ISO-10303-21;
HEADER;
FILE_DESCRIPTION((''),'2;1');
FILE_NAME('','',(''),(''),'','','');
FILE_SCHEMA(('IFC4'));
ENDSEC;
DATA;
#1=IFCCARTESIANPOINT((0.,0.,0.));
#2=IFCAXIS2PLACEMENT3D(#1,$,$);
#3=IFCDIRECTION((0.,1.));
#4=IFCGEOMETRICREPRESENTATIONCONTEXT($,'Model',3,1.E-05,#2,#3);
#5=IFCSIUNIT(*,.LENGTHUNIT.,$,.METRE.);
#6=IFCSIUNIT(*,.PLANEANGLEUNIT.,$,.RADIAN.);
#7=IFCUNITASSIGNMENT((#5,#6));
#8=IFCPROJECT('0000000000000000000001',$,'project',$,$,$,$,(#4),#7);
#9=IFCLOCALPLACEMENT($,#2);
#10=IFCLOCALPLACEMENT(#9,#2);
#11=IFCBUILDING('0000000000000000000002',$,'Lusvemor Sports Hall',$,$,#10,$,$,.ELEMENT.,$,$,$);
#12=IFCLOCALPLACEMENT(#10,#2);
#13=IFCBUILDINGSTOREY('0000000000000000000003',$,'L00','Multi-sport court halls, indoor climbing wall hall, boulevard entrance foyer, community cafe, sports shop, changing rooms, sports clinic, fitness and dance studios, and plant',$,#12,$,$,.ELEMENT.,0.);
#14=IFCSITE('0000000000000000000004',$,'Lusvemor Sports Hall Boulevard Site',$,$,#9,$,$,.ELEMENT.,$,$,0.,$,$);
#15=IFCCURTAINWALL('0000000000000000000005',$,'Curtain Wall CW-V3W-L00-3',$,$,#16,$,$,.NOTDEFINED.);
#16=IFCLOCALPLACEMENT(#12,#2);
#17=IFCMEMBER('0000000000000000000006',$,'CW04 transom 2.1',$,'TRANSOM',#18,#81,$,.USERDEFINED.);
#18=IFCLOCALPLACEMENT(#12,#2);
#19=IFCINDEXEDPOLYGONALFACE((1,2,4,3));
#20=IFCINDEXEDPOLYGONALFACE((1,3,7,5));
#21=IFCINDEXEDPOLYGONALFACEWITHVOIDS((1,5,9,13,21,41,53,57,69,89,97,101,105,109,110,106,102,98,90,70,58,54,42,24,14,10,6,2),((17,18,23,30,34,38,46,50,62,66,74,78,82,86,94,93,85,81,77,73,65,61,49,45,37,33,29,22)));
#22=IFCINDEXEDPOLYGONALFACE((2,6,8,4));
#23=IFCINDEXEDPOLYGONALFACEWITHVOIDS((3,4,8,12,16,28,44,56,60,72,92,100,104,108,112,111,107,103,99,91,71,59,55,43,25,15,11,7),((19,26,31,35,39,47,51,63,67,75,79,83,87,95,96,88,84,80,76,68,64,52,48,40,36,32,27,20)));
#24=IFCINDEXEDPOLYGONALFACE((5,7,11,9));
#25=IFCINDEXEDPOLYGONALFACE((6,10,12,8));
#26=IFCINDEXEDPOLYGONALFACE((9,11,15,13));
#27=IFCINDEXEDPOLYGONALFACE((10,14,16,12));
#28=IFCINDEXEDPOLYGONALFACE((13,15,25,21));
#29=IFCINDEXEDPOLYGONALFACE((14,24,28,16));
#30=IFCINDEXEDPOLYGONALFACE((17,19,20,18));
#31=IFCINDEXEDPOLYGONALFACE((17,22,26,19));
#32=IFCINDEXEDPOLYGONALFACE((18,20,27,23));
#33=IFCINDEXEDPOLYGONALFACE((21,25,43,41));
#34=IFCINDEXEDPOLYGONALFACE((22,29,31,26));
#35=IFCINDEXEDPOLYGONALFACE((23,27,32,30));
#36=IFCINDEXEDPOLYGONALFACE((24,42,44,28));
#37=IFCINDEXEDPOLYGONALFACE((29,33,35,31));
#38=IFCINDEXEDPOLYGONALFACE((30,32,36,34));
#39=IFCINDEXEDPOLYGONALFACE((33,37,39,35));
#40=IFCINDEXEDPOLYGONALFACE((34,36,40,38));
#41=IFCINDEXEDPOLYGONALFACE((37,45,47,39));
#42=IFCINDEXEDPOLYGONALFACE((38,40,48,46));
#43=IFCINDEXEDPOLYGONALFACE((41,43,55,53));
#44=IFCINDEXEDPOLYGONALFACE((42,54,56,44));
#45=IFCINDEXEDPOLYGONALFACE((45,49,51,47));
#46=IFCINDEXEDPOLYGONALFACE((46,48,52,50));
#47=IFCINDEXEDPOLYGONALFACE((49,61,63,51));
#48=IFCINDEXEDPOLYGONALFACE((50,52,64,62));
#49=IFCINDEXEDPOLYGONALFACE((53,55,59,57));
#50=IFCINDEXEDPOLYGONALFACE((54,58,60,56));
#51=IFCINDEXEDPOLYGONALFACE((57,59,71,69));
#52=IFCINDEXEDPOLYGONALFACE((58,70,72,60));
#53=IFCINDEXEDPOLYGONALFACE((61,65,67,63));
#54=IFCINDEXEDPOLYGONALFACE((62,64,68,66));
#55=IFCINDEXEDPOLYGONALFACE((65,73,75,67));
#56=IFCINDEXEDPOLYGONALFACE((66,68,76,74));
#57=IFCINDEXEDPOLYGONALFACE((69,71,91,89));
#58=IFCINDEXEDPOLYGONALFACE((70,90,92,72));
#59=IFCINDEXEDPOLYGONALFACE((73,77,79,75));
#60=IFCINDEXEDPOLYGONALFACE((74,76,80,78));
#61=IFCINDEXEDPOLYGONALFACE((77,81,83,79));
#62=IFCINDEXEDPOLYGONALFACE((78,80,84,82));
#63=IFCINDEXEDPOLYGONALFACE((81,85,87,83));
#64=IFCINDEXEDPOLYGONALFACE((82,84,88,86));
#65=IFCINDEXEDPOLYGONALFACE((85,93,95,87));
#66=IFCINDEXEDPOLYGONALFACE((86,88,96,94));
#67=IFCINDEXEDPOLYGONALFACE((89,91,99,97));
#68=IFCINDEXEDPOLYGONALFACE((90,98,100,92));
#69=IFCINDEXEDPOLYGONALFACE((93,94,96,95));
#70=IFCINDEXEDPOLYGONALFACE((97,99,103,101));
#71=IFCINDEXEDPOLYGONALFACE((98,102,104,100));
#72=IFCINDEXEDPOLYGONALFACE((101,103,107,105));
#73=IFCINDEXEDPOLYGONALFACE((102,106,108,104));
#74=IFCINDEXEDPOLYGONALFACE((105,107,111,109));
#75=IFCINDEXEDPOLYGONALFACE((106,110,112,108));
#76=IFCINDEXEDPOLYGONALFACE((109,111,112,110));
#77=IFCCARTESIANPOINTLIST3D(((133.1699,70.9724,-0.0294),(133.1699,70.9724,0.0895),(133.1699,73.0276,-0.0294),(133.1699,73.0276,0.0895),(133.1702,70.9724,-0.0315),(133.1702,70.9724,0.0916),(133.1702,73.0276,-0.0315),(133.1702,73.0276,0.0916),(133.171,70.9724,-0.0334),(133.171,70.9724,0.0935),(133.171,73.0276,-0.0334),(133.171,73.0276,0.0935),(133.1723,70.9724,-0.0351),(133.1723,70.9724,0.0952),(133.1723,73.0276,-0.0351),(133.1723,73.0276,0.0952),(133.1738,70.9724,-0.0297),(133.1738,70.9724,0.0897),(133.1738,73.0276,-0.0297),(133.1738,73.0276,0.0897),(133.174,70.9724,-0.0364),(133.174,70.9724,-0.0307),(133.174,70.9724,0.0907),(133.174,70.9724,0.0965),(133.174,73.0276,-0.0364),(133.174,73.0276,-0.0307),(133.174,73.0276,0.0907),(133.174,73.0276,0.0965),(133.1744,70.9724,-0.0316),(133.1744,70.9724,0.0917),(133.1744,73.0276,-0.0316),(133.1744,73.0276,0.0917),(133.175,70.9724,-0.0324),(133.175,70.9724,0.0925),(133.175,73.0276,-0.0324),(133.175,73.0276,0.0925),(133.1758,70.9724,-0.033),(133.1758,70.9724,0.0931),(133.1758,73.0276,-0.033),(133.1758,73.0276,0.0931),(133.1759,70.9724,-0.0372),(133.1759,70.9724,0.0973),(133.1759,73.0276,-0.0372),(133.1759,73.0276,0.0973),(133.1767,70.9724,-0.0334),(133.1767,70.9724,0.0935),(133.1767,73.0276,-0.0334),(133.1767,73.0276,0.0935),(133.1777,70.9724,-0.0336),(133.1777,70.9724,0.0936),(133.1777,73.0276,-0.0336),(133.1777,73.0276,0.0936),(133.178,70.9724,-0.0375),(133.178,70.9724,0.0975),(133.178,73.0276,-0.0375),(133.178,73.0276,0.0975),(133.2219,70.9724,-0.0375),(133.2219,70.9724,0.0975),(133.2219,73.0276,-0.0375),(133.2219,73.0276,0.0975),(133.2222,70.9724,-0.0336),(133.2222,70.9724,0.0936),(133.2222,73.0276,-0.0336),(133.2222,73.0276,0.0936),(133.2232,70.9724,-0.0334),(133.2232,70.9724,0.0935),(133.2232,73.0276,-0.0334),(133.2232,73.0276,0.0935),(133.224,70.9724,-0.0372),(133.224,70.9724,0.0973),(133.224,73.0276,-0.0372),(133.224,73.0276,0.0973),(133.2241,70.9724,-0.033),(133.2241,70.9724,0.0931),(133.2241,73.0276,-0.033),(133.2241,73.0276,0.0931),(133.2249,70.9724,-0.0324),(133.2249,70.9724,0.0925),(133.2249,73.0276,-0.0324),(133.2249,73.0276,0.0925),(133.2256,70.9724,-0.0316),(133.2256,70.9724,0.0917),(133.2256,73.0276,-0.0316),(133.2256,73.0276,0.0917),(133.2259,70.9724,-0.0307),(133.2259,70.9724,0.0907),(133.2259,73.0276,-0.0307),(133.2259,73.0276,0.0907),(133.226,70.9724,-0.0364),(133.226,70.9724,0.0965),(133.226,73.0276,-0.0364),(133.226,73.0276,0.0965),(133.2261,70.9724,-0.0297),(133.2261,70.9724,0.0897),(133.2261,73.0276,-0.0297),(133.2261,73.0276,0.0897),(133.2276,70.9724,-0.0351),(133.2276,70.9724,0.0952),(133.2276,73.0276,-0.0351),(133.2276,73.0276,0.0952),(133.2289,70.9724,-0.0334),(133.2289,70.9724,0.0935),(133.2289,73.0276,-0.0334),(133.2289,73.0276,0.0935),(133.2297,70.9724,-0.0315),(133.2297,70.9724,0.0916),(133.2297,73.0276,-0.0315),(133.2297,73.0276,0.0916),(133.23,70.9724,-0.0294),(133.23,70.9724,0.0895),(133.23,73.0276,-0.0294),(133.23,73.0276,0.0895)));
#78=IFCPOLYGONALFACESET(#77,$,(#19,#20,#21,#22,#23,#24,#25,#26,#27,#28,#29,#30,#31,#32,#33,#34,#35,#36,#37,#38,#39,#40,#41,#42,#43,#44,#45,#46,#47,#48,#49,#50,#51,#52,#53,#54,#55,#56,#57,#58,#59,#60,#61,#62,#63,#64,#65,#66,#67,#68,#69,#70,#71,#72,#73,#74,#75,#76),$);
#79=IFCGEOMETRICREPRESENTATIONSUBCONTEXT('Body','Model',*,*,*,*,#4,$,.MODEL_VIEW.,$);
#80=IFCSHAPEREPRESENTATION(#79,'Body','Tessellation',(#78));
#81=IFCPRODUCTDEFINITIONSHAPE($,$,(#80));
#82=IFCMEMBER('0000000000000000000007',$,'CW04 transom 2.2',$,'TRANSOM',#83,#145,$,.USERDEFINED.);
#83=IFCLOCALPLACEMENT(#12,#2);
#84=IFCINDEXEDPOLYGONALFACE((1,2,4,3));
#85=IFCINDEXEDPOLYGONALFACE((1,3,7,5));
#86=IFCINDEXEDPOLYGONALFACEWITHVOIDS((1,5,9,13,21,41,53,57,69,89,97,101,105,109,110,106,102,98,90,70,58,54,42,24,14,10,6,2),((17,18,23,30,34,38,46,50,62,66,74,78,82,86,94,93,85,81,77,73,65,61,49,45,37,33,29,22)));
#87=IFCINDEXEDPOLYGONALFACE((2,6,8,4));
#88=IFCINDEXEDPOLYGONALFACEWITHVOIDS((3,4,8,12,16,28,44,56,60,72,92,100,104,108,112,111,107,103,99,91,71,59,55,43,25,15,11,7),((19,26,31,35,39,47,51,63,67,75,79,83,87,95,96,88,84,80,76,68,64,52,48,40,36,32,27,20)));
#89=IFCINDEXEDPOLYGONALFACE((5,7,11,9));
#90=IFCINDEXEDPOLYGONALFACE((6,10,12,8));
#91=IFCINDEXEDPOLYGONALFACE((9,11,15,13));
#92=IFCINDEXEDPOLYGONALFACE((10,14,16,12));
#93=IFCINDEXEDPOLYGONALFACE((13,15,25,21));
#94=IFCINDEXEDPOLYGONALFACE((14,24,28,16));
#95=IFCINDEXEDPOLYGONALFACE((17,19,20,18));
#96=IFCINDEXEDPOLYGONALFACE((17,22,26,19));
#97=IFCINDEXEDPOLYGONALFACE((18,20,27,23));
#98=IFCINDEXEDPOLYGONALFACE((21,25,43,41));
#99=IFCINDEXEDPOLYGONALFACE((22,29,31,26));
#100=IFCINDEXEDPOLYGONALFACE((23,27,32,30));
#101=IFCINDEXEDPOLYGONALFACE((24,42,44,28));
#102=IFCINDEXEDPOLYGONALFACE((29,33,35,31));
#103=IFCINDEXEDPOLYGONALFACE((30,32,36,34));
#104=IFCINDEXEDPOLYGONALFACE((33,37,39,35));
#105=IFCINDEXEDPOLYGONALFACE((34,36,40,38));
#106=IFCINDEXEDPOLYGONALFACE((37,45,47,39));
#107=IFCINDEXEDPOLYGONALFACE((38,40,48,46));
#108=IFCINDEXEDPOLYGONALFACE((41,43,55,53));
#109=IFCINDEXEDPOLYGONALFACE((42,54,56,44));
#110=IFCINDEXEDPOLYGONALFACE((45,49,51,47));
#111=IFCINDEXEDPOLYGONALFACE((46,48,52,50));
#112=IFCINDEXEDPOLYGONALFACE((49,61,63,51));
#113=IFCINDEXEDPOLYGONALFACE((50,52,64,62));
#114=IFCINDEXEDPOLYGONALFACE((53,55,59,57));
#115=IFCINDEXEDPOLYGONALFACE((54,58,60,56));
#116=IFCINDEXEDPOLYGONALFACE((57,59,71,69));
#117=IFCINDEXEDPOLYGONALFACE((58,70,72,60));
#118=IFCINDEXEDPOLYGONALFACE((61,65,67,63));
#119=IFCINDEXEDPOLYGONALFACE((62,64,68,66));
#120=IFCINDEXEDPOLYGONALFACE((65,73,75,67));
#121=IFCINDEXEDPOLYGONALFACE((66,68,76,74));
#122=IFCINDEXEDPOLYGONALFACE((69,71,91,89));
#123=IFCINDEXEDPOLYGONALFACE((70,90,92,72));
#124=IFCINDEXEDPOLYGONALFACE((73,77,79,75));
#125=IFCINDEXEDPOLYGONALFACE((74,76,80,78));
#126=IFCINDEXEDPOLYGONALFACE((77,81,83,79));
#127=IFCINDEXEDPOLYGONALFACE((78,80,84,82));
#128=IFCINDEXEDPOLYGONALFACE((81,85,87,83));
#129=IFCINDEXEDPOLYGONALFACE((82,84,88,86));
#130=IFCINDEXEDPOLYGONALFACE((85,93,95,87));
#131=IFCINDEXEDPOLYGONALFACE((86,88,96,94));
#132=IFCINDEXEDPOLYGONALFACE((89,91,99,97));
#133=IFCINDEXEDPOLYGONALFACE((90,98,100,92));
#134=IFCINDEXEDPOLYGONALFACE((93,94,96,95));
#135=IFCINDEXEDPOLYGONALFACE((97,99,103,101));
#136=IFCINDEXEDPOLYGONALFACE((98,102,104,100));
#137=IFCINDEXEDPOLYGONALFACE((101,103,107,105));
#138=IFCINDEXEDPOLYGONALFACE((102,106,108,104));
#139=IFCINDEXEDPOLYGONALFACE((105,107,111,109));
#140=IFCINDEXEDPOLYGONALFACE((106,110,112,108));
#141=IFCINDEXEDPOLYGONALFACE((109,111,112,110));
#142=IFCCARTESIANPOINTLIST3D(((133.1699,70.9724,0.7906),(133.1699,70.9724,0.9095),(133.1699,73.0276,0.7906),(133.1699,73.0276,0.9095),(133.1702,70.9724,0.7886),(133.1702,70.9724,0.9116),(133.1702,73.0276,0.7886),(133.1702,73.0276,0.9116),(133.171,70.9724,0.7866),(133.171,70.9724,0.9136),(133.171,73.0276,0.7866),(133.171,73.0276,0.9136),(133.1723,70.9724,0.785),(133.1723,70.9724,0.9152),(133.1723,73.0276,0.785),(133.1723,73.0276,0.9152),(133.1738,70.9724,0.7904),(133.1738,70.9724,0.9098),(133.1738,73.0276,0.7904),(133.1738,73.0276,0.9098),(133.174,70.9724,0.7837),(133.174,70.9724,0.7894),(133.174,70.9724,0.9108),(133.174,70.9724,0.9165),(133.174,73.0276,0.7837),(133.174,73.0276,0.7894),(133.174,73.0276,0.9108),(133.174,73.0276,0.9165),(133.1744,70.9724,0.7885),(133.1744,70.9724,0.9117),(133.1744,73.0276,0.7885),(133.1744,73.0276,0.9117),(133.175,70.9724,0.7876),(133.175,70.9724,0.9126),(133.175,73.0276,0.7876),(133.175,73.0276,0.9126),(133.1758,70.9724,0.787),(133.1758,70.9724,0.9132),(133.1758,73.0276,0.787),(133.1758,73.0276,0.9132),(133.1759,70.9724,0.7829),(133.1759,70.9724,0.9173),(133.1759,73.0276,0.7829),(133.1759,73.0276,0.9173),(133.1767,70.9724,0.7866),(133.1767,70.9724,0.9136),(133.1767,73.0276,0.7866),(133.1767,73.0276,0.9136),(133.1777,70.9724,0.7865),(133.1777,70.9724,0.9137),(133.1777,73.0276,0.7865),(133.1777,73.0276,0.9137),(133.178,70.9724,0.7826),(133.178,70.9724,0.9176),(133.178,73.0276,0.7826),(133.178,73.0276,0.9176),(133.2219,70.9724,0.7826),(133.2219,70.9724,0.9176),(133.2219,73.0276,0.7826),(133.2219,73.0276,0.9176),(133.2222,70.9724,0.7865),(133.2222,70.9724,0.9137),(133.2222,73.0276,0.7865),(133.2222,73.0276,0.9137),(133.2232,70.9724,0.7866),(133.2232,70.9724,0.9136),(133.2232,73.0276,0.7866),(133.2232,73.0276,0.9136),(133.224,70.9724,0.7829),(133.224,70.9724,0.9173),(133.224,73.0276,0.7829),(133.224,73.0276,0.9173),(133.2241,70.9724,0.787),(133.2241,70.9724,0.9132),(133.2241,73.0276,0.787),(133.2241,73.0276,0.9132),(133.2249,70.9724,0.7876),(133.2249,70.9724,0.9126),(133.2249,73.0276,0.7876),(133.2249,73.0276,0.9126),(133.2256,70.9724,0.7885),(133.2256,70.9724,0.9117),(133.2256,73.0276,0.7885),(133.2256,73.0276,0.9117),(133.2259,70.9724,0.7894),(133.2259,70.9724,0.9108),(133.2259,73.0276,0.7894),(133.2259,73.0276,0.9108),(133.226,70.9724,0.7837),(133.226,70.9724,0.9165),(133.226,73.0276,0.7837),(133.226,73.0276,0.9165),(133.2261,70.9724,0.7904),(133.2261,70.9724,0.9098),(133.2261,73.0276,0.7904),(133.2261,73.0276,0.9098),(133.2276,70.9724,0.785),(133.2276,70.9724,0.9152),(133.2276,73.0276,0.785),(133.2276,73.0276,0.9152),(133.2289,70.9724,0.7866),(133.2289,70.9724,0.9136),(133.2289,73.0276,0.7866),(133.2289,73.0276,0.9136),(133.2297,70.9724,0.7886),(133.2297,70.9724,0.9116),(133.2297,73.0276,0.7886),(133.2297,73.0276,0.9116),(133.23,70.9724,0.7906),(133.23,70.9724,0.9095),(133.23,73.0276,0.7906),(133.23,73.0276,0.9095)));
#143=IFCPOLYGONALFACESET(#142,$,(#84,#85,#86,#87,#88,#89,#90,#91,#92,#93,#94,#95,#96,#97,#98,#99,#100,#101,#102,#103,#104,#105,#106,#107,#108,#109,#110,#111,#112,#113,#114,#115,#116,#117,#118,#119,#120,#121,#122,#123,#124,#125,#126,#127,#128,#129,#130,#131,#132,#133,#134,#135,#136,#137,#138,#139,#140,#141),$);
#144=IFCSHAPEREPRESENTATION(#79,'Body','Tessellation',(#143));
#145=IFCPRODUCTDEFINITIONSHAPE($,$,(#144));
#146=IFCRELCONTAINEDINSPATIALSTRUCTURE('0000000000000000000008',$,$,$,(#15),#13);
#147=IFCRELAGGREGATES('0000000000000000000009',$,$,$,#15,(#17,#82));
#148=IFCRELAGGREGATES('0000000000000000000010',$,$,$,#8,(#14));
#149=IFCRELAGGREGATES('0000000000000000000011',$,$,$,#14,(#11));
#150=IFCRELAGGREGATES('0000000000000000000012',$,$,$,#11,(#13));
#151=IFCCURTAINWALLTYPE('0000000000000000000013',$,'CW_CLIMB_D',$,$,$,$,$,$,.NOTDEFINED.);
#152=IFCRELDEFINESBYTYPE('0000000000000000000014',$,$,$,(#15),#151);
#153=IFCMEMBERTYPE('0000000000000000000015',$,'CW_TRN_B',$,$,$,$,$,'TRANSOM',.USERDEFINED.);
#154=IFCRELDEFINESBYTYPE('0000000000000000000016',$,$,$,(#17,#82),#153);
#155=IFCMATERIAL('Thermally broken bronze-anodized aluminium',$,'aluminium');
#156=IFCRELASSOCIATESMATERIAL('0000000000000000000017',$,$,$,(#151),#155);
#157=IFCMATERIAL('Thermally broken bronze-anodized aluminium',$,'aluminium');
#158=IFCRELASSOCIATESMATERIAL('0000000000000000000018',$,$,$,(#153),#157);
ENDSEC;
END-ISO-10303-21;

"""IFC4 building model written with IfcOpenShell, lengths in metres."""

from ifc_helpers import new_model, si_unit, direction, frame, origin, origin_2d, place, context, subcontext, project, spatial, hollow_rectangle, extrude, material, material_profile, profile_set, type_object, element, aggregate, save


model = new_model("IFC4")

# Units and contexts
model_context = context("Model", 3, precision=1e-05, world=origin(), true_north=direction((0.0, 1.0)))
body_context = subcontext(model_context, "Body", "Model", "MODEL_VIEW")
ifc_project = project(units=[si_unit("LENGTHUNIT", "METRE"), si_unit("PLANEANGLEUNIT", "RADIAN")], contexts=[model_context])

# Site, building, storey
site_placement = place(None, origin())
site = spatial("IfcSite", under=ifc_project, at=site_placement, Name="Lusvemor Sports Hall Boulevard Site", CompositionType="ELEMENT", RefElevation=0.0)
building_placement = place(site_placement, origin())
building = spatial("IfcBuilding", under=site, at=building_placement, Name="Lusvemor Sports Hall", CompositionType="ELEMENT")
storey_placement = place(building_placement, origin())
storey = spatial("IfcBuildingStorey", under=building, at=storey_placement, Name="L00", Description="Multi-sport court halls, indoor climbing wall hall, boulevard entrance foyer, community cafe, sports shop, changing rooms, sports clinic, fitness and dance studios, and plant", CompositionType="ELEMENT", Elevation=0.0)

# Shared definitions
ifc_material_1 = material(Name="Thermally broken bronze-anodized aluminium", Category="aluminium")
curtain_wall_type = type_object("IfcCurtainWallType", Name="CW_CLIMB_D", PredefinedType="NOTDEFINED", material=ifc_material_1)

# Curtain wall, members
curtain_wall_1_placement = place(storey_placement, origin())
curtain_wall_1 = element("IfcCurtainWall", 1, at=curtain_wall_1_placement, inside=storey, type_object=curtain_wall_type, Name="Curtain Wall CW-V3W-L00-3", PredefinedType="NOTDEFINED")
ifc_material_2 = material(Name="Thermally broken bronze-anodized aluminium", Category="aluminium")
ifc_material_profile_1 = material_profile(ifc_material_2, hollow_rectangle(XDim=0.0601, YDim=0.135, WallThickness=0.0039, InnerFilletRadius=0.0039, OuterFilletRadius=0.0081, at=origin_2d()), Name="CWTRN135x60x4")
ifc_profile_set_1 = profile_set([ifc_material_profile_1], Name="Thermally broken bronze-anodized aluminium")
member_type_1 = type_object("IfcMemberType", Name="CW_TRN_B", ElementType="TRANSOM", PredefinedType="USERDEFINED", material=ifc_profile_set_1)
member_1_placement = place(storey_placement, frame((133.2, 70.9724, 0.03), z_axis=(0.0, 1.0, 0.0), x_axis=(-1.0, 0.0, 0.0)))
member_1 = element("IfcMember", 2, at=member_1_placement, type_object=member_type_1, Name="CW04 transom 2.1", ObjectType="TRANSOM", PredefinedType="USERDEFINED", context=body_context, shape_type="SweptSolid", body=[
    extrude(hollow_rectangle(XDim=0.0601, YDim=0.135, WallThickness=0.0039, InnerFilletRadius=0.0039, OuterFilletRadius=0.0081, at=origin_2d()), origin(), (0.0, 0.0, 1.0), 2.0552),
])
member_2_placement = place(storey_placement, frame((133.2, 70.9724, 0.8501), z_axis=(0.0, 1.0, 0.0), x_axis=(-1.0, 0.0, 0.0)))
member_2 = element("IfcMember", 3, at=member_2_placement, type_object=member_type_1, Name="CW04 transom 2.2", ObjectType="TRANSOM", PredefinedType="USERDEFINED", context=body_context, shape_type="SweptSolid", body=[
    extrude(hollow_rectangle(XDim=0.0601, YDim=0.135, WallThickness=0.0039, InnerFilletRadius=0.0039, OuterFilletRadius=0.0081, at=origin_2d()), origin(), (0.0, 0.0, 1.0), 2.0552),
])
aggregate(curtain_wall_1, [member_1, member_2])

save(model, "model.ifc")
